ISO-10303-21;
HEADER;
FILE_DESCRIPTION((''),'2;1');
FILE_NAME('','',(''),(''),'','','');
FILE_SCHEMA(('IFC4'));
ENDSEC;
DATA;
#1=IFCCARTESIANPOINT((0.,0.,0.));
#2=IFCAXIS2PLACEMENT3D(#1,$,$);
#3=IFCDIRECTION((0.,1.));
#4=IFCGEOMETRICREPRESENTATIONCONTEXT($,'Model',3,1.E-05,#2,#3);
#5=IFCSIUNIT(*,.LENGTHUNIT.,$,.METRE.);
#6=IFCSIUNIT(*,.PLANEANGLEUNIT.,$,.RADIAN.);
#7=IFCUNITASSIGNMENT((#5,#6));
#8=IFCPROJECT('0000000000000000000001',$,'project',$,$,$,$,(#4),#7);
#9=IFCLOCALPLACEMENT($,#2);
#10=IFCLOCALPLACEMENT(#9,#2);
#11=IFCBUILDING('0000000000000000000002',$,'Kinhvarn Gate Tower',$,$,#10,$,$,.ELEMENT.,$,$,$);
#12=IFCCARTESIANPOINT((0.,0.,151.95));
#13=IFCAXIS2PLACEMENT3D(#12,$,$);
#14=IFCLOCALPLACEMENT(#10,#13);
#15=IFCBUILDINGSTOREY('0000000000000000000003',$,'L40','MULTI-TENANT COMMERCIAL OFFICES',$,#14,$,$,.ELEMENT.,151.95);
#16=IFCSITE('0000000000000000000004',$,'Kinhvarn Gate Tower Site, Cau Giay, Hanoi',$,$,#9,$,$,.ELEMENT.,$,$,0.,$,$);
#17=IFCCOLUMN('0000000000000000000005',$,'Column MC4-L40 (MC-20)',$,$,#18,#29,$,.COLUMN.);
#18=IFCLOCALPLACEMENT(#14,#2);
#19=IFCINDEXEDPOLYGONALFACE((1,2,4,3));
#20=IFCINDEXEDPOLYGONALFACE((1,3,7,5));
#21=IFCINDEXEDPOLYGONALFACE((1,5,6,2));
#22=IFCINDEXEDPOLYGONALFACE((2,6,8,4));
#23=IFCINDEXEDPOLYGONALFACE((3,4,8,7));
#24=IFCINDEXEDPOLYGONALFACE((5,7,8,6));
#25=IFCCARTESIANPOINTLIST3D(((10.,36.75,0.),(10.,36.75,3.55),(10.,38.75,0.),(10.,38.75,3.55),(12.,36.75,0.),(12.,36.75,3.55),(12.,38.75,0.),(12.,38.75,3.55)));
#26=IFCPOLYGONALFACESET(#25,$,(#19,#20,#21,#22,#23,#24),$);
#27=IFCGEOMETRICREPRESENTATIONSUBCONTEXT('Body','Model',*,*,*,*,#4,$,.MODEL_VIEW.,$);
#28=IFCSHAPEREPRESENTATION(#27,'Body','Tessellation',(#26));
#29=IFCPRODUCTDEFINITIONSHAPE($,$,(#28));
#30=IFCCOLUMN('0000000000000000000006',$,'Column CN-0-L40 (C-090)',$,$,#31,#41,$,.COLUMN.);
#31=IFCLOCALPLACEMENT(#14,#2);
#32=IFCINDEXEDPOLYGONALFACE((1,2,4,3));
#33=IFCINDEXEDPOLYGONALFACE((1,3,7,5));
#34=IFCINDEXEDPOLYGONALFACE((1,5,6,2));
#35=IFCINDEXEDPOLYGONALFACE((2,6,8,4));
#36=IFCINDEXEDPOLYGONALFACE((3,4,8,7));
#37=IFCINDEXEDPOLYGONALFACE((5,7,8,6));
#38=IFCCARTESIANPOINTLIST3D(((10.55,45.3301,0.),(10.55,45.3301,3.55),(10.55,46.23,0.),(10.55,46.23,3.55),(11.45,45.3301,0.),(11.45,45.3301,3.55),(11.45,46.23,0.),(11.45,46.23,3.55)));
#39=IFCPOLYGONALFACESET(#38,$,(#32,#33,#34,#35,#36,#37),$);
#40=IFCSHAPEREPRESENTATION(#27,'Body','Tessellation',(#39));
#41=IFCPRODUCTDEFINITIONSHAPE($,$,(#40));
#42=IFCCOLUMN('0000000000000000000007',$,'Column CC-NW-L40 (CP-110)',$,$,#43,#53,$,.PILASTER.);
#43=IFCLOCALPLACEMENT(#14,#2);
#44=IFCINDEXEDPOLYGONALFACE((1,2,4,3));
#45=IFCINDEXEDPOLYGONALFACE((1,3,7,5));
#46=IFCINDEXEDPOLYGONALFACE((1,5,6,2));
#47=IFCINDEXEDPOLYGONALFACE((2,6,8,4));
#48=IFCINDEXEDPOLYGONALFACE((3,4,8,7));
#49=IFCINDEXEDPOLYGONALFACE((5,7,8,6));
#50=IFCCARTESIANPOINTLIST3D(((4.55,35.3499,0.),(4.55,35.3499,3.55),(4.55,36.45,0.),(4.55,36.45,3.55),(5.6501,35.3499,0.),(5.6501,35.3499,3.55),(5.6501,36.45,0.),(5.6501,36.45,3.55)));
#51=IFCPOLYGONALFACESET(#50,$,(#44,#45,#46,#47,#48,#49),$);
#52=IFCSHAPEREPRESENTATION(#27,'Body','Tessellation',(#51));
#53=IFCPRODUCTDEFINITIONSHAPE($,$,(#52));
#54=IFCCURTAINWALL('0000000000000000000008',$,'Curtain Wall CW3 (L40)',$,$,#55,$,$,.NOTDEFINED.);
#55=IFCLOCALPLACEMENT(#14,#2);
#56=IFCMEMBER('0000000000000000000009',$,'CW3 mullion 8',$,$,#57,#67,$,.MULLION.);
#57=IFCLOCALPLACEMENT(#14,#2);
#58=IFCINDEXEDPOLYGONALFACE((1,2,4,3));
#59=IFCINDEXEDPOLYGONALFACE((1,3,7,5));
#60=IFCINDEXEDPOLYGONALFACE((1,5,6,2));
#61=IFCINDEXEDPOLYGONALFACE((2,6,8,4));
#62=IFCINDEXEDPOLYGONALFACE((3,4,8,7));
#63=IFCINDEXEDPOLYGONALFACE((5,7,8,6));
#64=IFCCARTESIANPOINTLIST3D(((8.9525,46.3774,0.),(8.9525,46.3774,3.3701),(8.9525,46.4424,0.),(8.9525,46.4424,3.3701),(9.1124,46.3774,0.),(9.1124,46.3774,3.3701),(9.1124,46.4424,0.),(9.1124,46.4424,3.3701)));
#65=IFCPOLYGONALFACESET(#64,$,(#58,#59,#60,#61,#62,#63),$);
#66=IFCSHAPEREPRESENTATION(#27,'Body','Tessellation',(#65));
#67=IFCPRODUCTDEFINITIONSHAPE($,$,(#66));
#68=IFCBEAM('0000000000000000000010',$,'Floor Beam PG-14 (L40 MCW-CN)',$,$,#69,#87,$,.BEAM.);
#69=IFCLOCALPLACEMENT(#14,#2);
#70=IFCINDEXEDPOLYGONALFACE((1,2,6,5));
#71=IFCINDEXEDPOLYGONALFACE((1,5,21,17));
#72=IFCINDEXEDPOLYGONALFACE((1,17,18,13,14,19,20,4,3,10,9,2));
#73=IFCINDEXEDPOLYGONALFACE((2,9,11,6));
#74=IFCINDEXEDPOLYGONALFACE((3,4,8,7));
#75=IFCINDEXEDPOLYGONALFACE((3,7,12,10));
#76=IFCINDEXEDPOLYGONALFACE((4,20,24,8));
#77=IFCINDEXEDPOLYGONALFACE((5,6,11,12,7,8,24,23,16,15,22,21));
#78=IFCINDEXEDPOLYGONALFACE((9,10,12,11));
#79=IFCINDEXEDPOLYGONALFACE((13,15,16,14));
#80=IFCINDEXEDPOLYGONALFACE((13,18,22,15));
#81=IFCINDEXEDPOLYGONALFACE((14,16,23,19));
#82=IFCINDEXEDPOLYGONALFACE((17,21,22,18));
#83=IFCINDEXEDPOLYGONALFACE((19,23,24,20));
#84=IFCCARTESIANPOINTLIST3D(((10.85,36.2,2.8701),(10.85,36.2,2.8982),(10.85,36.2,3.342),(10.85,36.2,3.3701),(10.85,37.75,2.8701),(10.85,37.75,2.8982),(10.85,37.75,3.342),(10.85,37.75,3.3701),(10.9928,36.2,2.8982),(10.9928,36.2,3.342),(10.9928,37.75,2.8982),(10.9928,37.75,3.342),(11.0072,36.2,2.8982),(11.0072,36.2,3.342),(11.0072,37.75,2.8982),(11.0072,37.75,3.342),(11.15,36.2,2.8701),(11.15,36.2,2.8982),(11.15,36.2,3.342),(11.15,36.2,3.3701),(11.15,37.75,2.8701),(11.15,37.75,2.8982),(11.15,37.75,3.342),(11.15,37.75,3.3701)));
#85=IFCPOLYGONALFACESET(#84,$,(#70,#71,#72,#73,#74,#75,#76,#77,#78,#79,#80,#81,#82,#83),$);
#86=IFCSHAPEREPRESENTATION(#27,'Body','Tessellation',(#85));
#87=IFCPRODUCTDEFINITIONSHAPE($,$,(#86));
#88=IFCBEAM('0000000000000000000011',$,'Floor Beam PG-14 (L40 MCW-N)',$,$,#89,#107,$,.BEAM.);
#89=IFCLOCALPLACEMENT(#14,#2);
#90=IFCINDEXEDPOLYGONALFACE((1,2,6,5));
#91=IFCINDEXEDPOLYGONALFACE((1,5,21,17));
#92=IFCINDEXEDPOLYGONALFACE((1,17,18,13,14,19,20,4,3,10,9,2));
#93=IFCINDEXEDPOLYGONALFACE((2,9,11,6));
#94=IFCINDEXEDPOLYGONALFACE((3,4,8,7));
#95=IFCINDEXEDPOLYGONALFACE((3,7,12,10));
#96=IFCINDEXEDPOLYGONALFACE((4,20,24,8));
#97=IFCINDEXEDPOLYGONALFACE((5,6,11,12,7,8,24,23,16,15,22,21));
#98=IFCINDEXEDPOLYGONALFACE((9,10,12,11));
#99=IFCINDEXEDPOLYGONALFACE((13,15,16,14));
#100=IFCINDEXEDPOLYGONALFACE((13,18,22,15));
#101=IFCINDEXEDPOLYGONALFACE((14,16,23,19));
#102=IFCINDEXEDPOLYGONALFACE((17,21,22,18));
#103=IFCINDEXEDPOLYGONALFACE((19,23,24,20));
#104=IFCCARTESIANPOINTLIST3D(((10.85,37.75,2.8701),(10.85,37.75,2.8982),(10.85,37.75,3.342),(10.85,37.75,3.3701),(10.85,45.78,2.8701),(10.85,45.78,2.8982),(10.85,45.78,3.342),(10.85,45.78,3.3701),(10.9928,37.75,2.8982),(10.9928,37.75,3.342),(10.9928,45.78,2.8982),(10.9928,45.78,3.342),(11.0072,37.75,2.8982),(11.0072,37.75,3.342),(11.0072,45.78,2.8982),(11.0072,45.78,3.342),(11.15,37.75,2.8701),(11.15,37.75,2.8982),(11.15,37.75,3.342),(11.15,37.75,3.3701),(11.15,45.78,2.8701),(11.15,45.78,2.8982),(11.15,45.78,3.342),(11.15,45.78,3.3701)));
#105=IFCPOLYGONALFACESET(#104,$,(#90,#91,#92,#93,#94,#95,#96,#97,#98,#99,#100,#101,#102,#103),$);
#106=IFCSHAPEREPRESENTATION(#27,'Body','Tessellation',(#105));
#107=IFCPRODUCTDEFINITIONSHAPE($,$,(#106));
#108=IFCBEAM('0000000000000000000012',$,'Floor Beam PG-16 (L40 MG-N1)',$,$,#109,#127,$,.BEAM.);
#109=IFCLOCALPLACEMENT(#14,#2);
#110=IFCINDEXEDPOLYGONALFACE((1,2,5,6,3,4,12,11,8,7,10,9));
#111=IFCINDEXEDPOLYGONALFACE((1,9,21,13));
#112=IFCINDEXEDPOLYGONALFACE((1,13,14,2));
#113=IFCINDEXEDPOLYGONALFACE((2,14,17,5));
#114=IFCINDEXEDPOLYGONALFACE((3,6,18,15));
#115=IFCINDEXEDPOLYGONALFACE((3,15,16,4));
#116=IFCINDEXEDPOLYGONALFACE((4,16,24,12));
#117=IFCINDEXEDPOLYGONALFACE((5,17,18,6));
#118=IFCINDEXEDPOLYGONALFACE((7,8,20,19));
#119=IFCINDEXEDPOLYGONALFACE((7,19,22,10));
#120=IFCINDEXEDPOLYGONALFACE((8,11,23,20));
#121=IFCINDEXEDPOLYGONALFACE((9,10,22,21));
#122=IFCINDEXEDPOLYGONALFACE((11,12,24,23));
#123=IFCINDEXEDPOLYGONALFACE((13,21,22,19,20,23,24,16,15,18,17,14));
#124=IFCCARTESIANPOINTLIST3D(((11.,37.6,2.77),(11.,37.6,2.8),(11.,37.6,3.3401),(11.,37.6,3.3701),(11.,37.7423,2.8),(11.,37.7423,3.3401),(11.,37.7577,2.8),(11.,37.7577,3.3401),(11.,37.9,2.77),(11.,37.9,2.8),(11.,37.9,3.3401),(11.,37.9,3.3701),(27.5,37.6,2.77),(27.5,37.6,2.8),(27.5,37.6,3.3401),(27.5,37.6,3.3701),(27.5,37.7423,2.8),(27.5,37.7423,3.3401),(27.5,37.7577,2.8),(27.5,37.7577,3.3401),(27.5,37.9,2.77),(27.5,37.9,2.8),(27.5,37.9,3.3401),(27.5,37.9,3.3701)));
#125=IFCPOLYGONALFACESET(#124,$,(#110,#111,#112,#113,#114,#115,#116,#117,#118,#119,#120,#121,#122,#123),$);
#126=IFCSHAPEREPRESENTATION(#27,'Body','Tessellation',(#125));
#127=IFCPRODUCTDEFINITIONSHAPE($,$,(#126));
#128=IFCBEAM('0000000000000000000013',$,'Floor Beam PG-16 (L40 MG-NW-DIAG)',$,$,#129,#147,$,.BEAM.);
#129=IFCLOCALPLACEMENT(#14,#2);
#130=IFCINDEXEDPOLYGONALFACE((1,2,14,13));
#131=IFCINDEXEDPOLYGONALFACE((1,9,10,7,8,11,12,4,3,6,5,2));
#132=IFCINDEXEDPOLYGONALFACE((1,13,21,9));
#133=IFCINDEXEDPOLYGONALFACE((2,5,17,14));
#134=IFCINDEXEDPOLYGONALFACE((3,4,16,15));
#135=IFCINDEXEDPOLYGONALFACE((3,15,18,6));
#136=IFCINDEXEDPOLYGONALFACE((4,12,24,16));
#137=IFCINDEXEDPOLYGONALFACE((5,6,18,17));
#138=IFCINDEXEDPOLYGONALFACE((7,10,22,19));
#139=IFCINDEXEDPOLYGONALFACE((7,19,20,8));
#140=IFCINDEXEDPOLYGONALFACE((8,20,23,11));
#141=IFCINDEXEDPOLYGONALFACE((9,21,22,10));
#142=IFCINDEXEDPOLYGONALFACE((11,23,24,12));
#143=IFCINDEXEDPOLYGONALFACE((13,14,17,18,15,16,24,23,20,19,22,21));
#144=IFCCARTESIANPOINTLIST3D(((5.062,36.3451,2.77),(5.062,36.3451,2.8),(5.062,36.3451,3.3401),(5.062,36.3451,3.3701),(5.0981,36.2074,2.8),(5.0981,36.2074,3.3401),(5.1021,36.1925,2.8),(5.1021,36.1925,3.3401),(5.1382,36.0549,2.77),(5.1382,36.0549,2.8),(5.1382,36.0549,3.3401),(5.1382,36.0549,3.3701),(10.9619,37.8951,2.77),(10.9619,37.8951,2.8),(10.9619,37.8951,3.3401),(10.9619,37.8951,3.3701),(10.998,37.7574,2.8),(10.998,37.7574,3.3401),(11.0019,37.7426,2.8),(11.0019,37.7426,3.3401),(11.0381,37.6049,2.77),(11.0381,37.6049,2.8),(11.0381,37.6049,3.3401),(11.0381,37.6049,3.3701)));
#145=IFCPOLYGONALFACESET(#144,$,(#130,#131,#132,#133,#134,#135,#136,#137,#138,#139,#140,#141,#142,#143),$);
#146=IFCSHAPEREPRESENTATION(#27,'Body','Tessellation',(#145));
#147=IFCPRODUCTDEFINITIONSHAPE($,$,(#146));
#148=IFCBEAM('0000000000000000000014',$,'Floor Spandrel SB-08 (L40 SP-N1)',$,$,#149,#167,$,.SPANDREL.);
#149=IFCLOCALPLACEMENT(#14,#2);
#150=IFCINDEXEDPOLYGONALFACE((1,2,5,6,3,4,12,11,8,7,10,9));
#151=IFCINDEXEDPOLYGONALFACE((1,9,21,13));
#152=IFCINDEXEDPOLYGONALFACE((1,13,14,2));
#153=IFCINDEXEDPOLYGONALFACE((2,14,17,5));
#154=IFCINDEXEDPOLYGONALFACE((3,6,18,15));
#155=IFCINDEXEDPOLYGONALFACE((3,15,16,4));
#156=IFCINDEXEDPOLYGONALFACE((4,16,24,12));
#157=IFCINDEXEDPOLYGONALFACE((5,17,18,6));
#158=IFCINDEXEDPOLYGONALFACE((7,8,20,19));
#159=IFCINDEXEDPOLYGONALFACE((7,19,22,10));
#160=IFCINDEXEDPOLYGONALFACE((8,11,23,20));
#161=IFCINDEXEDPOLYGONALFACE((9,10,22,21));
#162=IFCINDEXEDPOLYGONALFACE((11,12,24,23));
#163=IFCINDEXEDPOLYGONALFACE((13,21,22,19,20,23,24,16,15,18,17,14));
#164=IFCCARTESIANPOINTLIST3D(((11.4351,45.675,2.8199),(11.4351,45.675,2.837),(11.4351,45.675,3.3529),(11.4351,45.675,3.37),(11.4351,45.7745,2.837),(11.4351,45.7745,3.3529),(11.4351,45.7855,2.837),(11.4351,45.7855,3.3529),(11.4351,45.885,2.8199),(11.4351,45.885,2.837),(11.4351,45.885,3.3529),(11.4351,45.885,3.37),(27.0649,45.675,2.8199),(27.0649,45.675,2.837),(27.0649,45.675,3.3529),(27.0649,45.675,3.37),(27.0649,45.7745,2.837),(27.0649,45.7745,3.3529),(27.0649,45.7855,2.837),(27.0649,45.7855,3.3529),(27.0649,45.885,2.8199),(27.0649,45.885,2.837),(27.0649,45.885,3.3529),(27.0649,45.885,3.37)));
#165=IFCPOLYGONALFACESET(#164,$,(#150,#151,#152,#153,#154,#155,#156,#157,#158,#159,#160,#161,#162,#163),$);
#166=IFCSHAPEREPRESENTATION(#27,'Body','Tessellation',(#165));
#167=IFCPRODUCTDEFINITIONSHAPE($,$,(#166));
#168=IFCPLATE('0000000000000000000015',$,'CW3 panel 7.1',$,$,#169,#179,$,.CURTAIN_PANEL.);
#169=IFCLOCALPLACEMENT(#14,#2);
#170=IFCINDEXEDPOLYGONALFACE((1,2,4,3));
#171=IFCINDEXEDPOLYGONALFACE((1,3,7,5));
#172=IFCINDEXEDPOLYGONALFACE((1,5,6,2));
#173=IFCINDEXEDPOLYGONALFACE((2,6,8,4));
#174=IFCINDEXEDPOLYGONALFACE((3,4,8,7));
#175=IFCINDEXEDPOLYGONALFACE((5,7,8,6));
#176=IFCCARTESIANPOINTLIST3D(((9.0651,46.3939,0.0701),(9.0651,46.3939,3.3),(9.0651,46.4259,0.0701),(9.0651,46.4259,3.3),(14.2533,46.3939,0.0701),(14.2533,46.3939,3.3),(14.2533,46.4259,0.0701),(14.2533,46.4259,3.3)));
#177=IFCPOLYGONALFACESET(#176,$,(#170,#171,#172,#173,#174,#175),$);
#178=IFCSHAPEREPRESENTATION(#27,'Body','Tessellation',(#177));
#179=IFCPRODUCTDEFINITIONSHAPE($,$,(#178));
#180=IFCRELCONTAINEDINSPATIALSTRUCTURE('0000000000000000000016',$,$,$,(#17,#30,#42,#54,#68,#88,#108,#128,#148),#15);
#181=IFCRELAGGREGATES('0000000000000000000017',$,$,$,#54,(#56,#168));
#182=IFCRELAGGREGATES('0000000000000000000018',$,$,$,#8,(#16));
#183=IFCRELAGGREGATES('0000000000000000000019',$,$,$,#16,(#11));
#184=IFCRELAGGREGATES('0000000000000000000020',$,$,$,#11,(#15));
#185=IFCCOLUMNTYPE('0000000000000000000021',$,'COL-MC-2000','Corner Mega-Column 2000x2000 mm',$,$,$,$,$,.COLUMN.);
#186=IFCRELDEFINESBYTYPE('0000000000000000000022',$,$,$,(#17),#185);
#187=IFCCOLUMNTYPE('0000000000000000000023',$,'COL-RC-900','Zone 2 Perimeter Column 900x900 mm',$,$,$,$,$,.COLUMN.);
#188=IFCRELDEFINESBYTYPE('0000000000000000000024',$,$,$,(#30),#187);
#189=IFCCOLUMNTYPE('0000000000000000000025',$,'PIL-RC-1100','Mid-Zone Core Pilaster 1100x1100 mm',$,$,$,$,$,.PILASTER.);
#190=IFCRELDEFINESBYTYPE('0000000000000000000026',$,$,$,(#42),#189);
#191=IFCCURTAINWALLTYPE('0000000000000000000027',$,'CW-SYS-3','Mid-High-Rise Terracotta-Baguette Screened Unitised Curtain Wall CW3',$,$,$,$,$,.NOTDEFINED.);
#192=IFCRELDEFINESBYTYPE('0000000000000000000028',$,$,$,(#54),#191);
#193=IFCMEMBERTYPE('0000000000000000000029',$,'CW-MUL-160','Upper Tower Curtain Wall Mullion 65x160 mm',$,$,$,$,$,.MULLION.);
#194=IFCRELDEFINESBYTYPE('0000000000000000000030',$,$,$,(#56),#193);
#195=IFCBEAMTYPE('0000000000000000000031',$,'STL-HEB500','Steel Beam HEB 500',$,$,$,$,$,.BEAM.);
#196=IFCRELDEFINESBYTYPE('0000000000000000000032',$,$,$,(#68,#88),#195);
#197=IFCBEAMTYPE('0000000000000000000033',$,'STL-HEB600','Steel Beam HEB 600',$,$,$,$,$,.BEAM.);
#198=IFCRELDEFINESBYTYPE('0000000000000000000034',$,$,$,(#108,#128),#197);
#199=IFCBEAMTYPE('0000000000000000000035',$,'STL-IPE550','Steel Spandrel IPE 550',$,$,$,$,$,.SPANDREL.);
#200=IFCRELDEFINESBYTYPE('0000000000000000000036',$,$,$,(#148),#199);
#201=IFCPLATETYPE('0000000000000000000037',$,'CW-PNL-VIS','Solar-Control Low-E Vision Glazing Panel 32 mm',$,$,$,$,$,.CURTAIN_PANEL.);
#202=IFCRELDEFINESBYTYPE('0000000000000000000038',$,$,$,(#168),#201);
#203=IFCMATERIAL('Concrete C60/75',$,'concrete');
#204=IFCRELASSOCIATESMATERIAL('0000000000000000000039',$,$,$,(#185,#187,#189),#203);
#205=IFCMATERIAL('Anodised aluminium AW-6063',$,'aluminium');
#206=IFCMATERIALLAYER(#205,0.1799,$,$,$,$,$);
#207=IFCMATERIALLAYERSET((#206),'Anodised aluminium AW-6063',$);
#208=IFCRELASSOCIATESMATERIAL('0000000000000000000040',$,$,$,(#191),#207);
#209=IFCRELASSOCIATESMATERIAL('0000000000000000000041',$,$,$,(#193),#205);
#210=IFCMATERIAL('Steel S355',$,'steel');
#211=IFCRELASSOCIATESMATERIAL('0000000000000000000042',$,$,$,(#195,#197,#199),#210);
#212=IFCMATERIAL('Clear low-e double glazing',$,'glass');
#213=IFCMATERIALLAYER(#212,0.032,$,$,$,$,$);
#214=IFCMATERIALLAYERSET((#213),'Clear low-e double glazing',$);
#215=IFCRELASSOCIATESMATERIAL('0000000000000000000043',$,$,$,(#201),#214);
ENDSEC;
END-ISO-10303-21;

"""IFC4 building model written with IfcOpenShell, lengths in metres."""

from ifc_helpers import new_model, si_unit, direction, frame, origin, origin_2d, place, context, subcontext, project, spatial, rectangle, i_section, extrude, material, layer, layer_set, material_profile, profile_set, type_object, element, aggregate, save


model = new_model("IFC4")

# Units and contexts
model_context = context("Model", 3, precision=1e-05, world=origin(), true_north=direction((0.0, 1.0)))
body_context = subcontext(model_context, "Body", "Model", "MODEL_VIEW")
ifc_project = project(units=[si_unit("LENGTHUNIT", "METRE"), si_unit("PLANEANGLEUNIT", "RADIAN")], contexts=[model_context])

# Site, building, storey
site_placement = place(None, origin())
site = spatial("IfcSite", under=ifc_project, at=site_placement, Name="Kinhvarn Gate Tower Site, Cau Giay, Hanoi", CompositionType="ELEMENT", RefElevation=0.0)
building_placement = place(site_placement, origin())
building = spatial("IfcBuilding", under=site, at=building_placement, Name="Kinhvarn Gate Tower", CompositionType="ELEMENT")
storey_placement = place(building_placement, frame((0.0, 0.0, 151.95)))
storey = spatial("IfcBuildingStorey", under=building, at=storey_placement, Name="L40", Description="MULTI-TENANT COMMERCIAL OFFICES", CompositionType="ELEMENT", Elevation=151.95)

# Columns
ifc_material_1 = material(Name="Concrete C60/75", Category="concrete")
ifc_material_profile_1 = material_profile(ifc_material_1, rectangle(XDim=2.0, YDim=2.0, at=origin_2d()), Name="RC 2000x2000")
ifc_profile_set_1 = profile_set([ifc_material_profile_1], Name="Concrete C60/75")
column_type_1 = type_object("IfcColumnType", Name="COL-MC-2000", Description="Corner Mega-Column 2000x2000 mm", PredefinedType="COLUMN", material=ifc_profile_set_1)
column_1_placement = place(storey_placement, frame((11.0, 37.75, 0.0), z_axis=(0.0, 0.0, 1.0), x_axis=(1.0, 0.0, 0.0)))
element("IfcColumn", 1, at=column_1_placement, inside=storey, type_object=column_type_1, Name="Column MC4-L40 (MC-20)", PredefinedType="COLUMN", context=body_context, shape_type="SweptSolid", body=[
    extrude(rectangle(XDim=2.0, YDim=2.0, at=origin_2d()), origin(), (0.0, 0.0, 1.0), 3.55),
])
ifc_material_profile_2 = material_profile(ifc_material_1, rectangle(XDim=0.8999, YDim=0.8999, at=origin_2d()), Name="RC 900x900")
ifc_profile_set_2 = profile_set([ifc_material_profile_2], Name="Concrete C60/75")
column_type_2 = type_object("IfcColumnType", Name="COL-RC-900", Description="Zone 2 Perimeter Column 900x900 mm", PredefinedType="COLUMN", material=ifc_profile_set_2)
column_2_placement = place(storey_placement, frame((11.0, 45.78, 0.0), z_axis=(0.0, 0.0, 1.0), x_axis=(1.0, 0.0, 0.0)))
element("IfcColumn", 2, at=column_2_placement, inside=storey, type_object=column_type_2, Name="Column CN-0-L40 (C-090)", PredefinedType="COLUMN", context=body_context, shape_type="SweptSolid", body=[
    extrude(rectangle(XDim=0.8999, YDim=0.8999, at=origin_2d()), origin(), (0.0, 0.0, 1.0), 3.55),
])
ifc_material_profile_3 = material_profile(ifc_material_1, rectangle(XDim=1.1001, YDim=1.1001, at=origin_2d()), Name="RC 1100x1100")
ifc_profile_set_3 = profile_set([ifc_material_profile_3], Name="Concrete C60/75")
column_type_3 = type_object("IfcColumnType", Name="PIL-RC-1100", Description="Mid-Zone Core Pilaster 1100x1100 mm", PredefinedType="PILASTER", material=ifc_profile_set_3)
column_3_placement = place(storey_placement, frame((5.1001, 35.8999, 0.0), z_axis=(0.0, 0.0, 1.0), x_axis=(1.0, 0.0, 0.0)))
element("IfcColumn", 3, at=column_3_placement, inside=storey, type_object=column_type_3, Name="Column CC-NW-L40 (CP-110)", PredefinedType="PILASTER", context=body_context, shape_type="SweptSolid", body=[
    extrude(rectangle(XDim=1.1001, YDim=1.1001, at=origin_2d()), origin(), (0.0, 0.0, 1.0), 3.55),
])

# Curtain wall, member
ifc_material_2 = material(Name="Anodised aluminium AW-6063", Category="aluminium")
ifc_layer_1 = layer(ifc_material_2, 0.1799)
ifc_layer_set_1 = layer_set([ifc_layer_1], Name="Anodised aluminium AW-6063")
curtain_wall_type = type_object("IfcCurtainWallType", Name="CW-SYS-3", Description="Mid-High-Rise Terracotta-Baguette Screened Unitised Curtain Wall CW3", PredefinedType="NOTDEFINED", material=ifc_layer_set_1)
curtain_wall_placement = place(storey_placement, origin())
curtain_wall = element("IfcCurtainWall", 4, at=curtain_wall_placement, inside=storey, type_object=curtain_wall_type, Name="Curtain Wall CW3 (L40)", PredefinedType="NOTDEFINED")
ifc_material_profile_4 = material_profile(ifc_material_2, rectangle(XDim=0.0649, YDim=0.1599, at=origin_2d()), Name="ALU 65x160")
ifc_profile_set_4 = profile_set([ifc_material_profile_4], Name="Anodised aluminium AW-6063")
member_type = type_object("IfcMemberType", Name="CW-MUL-160", Description="Upper Tower Curtain Wall Mullion 65x160 mm", PredefinedType="MULLION", material=ifc_profile_set_4)
member_placement = place(storey_placement, frame((9.0325, 46.4099, 0.0), z_axis=(0.0, 0.0, 1.0), x_axis=(0.0, -1.0, 0.0)))
member = element("IfcMember", 5, at=member_placement, type_object=member_type, Name="CW3 mullion 8", PredefinedType="MULLION", context=body_context, shape_type="SweptSolid", body=[
    extrude(rectangle(XDim=0.0649, YDim=0.1599, at=origin_2d()), origin(), (0.0, 0.0, 1.0), 3.3701),
])

# Beams
ifc_material_3 = material(Name="Steel S355", Category="steel")
ifc_material_profile_5 = material_profile(ifc_material_3, i_section(OverallWidth=0.3, OverallDepth=0.5, WebThickness=0.0144, FlangeThickness=0.0281, at=origin_2d()), Name="HEB 500")
ifc_profile_set_5 = profile_set([ifc_material_profile_5], Name="Steel S355")
beam_type_1 = type_object("IfcBeamType", Name="STL-HEB500", Description="Steel Beam HEB 500", PredefinedType="BEAM", material=ifc_profile_set_5)
beam_1_placement = place(storey_placement, frame((11.0, 36.2, 3.1201), z_axis=(0.0, 1.0, 0.0), x_axis=(-1.0, 0.0, 0.0)))
element("IfcBeam", 6, at=beam_1_placement, inside=storey, type_object=beam_type_1, Name="Floor Beam PG-14 (L40 MCW-CN)", PredefinedType="BEAM", context=body_context, shape_type="SweptSolid", body=[
    extrude(i_section(OverallWidth=0.3, OverallDepth=0.5, WebThickness=0.0144, FlangeThickness=0.0281, at=origin_2d()), origin(), (0.0, 0.0, 1.0), 1.55),
])
beam_2_placement = place(storey_placement, frame((11.0, 37.75, 3.1201), z_axis=(0.0, 1.0, 0.0), x_axis=(-1.0, 0.0, 0.0)))
element("IfcBeam", 7, at=beam_2_placement, inside=storey, type_object=beam_type_1, Name="Floor Beam PG-14 (L40 MCW-N)", PredefinedType="BEAM", context=body_context, shape_type="SweptSolid", body=[
    extrude(i_section(OverallWidth=0.3, OverallDepth=0.5, WebThickness=0.0144, FlangeThickness=0.0281, at=origin_2d()), origin(), (0.0, 0.0, 1.0), 8.03),
])
ifc_material_profile_6 = material_profile(ifc_material_3, i_section(OverallWidth=0.3, OverallDepth=0.6001, WebThickness=0.0154, FlangeThickness=0.03, at=origin_2d()), Name="HEB 600")
ifc_profile_set_6 = profile_set([ifc_material_profile_6], Name="Steel S355")
beam_type_2 = type_object("IfcBeamType", Name="STL-HEB600", Description="Steel Beam HEB 600", PredefinedType="BEAM", material=ifc_profile_set_6)
beam_3_placement = place(storey_placement, frame((11.0, 37.75, 3.0701), z_axis=(1.0, 0.0, 0.0), x_axis=(0.0, 1.0, 0.0)))
element("IfcBeam", 8, at=beam_3_placement, inside=storey, type_object=beam_type_2, Name="Floor Beam PG-16 (L40 MG-N1)", PredefinedType="BEAM", context=body_context, shape_type="SweptSolid", body=[
    extrude(i_section(OverallWidth=0.3, OverallDepth=0.6001, WebThickness=0.0154, FlangeThickness=0.03, at=origin_2d()), origin(), (0.0, 0.0, 1.0), 16.5),
])
beam_4_placement = place(storey_placement, frame((5.1001, 36.2, 3.0701), z_axis=(0.967178, 0.254101, 0.0), x_axis=(-0.254101, 0.967178, 0.0)))
element("IfcBeam", 9, at=beam_4_placement, inside=storey, type_object=beam_type_2, Name="Floor Beam PG-16 (L40 MG-NW-DIAG)", PredefinedType="BEAM", context=body_context, shape_type="SweptSolid", body=[
    extrude(i_section(OverallWidth=0.3, OverallDepth=0.6001, WebThickness=0.0154, FlangeThickness=0.03, at=origin_2d()), origin(), (0.0, 0.0, 1.0), 6.1001),
])
ifc_material_profile_7 = material_profile(ifc_material_3, i_section(OverallWidth=0.21, OverallDepth=0.55, WebThickness=0.011, FlangeThickness=0.0171, at=origin_2d()), Name="IPE 550")
ifc_profile_set_7 = profile_set([ifc_material_profile_7], Name="Steel S355")
beam_type_3 = type_object("IfcBeamType", Name="STL-IPE550", Description="Steel Spandrel IPE 550", PredefinedType="SPANDREL", material=ifc_profile_set_7)
beam_5_placement = place(storey_placement, frame((11.4351, 45.78, 3.095), z_axis=(1.0, 0.0, 0.0), x_axis=(0.0, 1.0, 0.0)))
element("IfcBeam", 10, at=beam_5_placement, inside=storey, type_object=beam_type_3, Name="Floor Spandrel SB-08 (L40 SP-N1)", PredefinedType="SPANDREL", context=body_context, shape_type="SweptSolid", body=[
    extrude(i_section(OverallWidth=0.21, OverallDepth=0.55, WebThickness=0.011, FlangeThickness=0.0171, at=origin_2d()), origin(), (0.0, 0.0, 1.0), 15.6299),
])

# Plate
ifc_material_4 = material(Name="Clear low-e double glazing", Category="glass")
ifc_layer_2 = layer(ifc_material_4, 0.032)
ifc_layer_set_2 = layer_set([ifc_layer_2], Name="Clear low-e double glazing")
plate_type = type_object("IfcPlateType", Name="CW-PNL-VIS", Description="Solar-Control Low-E Vision Glazing Panel 32 mm", PredefinedType="CURTAIN_PANEL", material=ifc_layer_set_2)
plate_placement = place(storey_placement, frame((11.6592, 46.4099, 0.0701), z_axis=(0.0, 0.0, 1.0), x_axis=(-1.0, 0.0, 0.0)))
plate = element("IfcPlate", 11, at=plate_placement, type_object=plate_type, Name="CW3 panel 7.1", PredefinedType="CURTAIN_PANEL", context=body_context, shape_type="SweptSolid", body=[
    extrude(rectangle(XDim=5.1882, YDim=0.032, at=origin_2d()), origin(), (0.0, 0.0, 1.0), 3.23),
])
aggregate(curtain_wall, [member, plate])

save(model, "model.ifc")
